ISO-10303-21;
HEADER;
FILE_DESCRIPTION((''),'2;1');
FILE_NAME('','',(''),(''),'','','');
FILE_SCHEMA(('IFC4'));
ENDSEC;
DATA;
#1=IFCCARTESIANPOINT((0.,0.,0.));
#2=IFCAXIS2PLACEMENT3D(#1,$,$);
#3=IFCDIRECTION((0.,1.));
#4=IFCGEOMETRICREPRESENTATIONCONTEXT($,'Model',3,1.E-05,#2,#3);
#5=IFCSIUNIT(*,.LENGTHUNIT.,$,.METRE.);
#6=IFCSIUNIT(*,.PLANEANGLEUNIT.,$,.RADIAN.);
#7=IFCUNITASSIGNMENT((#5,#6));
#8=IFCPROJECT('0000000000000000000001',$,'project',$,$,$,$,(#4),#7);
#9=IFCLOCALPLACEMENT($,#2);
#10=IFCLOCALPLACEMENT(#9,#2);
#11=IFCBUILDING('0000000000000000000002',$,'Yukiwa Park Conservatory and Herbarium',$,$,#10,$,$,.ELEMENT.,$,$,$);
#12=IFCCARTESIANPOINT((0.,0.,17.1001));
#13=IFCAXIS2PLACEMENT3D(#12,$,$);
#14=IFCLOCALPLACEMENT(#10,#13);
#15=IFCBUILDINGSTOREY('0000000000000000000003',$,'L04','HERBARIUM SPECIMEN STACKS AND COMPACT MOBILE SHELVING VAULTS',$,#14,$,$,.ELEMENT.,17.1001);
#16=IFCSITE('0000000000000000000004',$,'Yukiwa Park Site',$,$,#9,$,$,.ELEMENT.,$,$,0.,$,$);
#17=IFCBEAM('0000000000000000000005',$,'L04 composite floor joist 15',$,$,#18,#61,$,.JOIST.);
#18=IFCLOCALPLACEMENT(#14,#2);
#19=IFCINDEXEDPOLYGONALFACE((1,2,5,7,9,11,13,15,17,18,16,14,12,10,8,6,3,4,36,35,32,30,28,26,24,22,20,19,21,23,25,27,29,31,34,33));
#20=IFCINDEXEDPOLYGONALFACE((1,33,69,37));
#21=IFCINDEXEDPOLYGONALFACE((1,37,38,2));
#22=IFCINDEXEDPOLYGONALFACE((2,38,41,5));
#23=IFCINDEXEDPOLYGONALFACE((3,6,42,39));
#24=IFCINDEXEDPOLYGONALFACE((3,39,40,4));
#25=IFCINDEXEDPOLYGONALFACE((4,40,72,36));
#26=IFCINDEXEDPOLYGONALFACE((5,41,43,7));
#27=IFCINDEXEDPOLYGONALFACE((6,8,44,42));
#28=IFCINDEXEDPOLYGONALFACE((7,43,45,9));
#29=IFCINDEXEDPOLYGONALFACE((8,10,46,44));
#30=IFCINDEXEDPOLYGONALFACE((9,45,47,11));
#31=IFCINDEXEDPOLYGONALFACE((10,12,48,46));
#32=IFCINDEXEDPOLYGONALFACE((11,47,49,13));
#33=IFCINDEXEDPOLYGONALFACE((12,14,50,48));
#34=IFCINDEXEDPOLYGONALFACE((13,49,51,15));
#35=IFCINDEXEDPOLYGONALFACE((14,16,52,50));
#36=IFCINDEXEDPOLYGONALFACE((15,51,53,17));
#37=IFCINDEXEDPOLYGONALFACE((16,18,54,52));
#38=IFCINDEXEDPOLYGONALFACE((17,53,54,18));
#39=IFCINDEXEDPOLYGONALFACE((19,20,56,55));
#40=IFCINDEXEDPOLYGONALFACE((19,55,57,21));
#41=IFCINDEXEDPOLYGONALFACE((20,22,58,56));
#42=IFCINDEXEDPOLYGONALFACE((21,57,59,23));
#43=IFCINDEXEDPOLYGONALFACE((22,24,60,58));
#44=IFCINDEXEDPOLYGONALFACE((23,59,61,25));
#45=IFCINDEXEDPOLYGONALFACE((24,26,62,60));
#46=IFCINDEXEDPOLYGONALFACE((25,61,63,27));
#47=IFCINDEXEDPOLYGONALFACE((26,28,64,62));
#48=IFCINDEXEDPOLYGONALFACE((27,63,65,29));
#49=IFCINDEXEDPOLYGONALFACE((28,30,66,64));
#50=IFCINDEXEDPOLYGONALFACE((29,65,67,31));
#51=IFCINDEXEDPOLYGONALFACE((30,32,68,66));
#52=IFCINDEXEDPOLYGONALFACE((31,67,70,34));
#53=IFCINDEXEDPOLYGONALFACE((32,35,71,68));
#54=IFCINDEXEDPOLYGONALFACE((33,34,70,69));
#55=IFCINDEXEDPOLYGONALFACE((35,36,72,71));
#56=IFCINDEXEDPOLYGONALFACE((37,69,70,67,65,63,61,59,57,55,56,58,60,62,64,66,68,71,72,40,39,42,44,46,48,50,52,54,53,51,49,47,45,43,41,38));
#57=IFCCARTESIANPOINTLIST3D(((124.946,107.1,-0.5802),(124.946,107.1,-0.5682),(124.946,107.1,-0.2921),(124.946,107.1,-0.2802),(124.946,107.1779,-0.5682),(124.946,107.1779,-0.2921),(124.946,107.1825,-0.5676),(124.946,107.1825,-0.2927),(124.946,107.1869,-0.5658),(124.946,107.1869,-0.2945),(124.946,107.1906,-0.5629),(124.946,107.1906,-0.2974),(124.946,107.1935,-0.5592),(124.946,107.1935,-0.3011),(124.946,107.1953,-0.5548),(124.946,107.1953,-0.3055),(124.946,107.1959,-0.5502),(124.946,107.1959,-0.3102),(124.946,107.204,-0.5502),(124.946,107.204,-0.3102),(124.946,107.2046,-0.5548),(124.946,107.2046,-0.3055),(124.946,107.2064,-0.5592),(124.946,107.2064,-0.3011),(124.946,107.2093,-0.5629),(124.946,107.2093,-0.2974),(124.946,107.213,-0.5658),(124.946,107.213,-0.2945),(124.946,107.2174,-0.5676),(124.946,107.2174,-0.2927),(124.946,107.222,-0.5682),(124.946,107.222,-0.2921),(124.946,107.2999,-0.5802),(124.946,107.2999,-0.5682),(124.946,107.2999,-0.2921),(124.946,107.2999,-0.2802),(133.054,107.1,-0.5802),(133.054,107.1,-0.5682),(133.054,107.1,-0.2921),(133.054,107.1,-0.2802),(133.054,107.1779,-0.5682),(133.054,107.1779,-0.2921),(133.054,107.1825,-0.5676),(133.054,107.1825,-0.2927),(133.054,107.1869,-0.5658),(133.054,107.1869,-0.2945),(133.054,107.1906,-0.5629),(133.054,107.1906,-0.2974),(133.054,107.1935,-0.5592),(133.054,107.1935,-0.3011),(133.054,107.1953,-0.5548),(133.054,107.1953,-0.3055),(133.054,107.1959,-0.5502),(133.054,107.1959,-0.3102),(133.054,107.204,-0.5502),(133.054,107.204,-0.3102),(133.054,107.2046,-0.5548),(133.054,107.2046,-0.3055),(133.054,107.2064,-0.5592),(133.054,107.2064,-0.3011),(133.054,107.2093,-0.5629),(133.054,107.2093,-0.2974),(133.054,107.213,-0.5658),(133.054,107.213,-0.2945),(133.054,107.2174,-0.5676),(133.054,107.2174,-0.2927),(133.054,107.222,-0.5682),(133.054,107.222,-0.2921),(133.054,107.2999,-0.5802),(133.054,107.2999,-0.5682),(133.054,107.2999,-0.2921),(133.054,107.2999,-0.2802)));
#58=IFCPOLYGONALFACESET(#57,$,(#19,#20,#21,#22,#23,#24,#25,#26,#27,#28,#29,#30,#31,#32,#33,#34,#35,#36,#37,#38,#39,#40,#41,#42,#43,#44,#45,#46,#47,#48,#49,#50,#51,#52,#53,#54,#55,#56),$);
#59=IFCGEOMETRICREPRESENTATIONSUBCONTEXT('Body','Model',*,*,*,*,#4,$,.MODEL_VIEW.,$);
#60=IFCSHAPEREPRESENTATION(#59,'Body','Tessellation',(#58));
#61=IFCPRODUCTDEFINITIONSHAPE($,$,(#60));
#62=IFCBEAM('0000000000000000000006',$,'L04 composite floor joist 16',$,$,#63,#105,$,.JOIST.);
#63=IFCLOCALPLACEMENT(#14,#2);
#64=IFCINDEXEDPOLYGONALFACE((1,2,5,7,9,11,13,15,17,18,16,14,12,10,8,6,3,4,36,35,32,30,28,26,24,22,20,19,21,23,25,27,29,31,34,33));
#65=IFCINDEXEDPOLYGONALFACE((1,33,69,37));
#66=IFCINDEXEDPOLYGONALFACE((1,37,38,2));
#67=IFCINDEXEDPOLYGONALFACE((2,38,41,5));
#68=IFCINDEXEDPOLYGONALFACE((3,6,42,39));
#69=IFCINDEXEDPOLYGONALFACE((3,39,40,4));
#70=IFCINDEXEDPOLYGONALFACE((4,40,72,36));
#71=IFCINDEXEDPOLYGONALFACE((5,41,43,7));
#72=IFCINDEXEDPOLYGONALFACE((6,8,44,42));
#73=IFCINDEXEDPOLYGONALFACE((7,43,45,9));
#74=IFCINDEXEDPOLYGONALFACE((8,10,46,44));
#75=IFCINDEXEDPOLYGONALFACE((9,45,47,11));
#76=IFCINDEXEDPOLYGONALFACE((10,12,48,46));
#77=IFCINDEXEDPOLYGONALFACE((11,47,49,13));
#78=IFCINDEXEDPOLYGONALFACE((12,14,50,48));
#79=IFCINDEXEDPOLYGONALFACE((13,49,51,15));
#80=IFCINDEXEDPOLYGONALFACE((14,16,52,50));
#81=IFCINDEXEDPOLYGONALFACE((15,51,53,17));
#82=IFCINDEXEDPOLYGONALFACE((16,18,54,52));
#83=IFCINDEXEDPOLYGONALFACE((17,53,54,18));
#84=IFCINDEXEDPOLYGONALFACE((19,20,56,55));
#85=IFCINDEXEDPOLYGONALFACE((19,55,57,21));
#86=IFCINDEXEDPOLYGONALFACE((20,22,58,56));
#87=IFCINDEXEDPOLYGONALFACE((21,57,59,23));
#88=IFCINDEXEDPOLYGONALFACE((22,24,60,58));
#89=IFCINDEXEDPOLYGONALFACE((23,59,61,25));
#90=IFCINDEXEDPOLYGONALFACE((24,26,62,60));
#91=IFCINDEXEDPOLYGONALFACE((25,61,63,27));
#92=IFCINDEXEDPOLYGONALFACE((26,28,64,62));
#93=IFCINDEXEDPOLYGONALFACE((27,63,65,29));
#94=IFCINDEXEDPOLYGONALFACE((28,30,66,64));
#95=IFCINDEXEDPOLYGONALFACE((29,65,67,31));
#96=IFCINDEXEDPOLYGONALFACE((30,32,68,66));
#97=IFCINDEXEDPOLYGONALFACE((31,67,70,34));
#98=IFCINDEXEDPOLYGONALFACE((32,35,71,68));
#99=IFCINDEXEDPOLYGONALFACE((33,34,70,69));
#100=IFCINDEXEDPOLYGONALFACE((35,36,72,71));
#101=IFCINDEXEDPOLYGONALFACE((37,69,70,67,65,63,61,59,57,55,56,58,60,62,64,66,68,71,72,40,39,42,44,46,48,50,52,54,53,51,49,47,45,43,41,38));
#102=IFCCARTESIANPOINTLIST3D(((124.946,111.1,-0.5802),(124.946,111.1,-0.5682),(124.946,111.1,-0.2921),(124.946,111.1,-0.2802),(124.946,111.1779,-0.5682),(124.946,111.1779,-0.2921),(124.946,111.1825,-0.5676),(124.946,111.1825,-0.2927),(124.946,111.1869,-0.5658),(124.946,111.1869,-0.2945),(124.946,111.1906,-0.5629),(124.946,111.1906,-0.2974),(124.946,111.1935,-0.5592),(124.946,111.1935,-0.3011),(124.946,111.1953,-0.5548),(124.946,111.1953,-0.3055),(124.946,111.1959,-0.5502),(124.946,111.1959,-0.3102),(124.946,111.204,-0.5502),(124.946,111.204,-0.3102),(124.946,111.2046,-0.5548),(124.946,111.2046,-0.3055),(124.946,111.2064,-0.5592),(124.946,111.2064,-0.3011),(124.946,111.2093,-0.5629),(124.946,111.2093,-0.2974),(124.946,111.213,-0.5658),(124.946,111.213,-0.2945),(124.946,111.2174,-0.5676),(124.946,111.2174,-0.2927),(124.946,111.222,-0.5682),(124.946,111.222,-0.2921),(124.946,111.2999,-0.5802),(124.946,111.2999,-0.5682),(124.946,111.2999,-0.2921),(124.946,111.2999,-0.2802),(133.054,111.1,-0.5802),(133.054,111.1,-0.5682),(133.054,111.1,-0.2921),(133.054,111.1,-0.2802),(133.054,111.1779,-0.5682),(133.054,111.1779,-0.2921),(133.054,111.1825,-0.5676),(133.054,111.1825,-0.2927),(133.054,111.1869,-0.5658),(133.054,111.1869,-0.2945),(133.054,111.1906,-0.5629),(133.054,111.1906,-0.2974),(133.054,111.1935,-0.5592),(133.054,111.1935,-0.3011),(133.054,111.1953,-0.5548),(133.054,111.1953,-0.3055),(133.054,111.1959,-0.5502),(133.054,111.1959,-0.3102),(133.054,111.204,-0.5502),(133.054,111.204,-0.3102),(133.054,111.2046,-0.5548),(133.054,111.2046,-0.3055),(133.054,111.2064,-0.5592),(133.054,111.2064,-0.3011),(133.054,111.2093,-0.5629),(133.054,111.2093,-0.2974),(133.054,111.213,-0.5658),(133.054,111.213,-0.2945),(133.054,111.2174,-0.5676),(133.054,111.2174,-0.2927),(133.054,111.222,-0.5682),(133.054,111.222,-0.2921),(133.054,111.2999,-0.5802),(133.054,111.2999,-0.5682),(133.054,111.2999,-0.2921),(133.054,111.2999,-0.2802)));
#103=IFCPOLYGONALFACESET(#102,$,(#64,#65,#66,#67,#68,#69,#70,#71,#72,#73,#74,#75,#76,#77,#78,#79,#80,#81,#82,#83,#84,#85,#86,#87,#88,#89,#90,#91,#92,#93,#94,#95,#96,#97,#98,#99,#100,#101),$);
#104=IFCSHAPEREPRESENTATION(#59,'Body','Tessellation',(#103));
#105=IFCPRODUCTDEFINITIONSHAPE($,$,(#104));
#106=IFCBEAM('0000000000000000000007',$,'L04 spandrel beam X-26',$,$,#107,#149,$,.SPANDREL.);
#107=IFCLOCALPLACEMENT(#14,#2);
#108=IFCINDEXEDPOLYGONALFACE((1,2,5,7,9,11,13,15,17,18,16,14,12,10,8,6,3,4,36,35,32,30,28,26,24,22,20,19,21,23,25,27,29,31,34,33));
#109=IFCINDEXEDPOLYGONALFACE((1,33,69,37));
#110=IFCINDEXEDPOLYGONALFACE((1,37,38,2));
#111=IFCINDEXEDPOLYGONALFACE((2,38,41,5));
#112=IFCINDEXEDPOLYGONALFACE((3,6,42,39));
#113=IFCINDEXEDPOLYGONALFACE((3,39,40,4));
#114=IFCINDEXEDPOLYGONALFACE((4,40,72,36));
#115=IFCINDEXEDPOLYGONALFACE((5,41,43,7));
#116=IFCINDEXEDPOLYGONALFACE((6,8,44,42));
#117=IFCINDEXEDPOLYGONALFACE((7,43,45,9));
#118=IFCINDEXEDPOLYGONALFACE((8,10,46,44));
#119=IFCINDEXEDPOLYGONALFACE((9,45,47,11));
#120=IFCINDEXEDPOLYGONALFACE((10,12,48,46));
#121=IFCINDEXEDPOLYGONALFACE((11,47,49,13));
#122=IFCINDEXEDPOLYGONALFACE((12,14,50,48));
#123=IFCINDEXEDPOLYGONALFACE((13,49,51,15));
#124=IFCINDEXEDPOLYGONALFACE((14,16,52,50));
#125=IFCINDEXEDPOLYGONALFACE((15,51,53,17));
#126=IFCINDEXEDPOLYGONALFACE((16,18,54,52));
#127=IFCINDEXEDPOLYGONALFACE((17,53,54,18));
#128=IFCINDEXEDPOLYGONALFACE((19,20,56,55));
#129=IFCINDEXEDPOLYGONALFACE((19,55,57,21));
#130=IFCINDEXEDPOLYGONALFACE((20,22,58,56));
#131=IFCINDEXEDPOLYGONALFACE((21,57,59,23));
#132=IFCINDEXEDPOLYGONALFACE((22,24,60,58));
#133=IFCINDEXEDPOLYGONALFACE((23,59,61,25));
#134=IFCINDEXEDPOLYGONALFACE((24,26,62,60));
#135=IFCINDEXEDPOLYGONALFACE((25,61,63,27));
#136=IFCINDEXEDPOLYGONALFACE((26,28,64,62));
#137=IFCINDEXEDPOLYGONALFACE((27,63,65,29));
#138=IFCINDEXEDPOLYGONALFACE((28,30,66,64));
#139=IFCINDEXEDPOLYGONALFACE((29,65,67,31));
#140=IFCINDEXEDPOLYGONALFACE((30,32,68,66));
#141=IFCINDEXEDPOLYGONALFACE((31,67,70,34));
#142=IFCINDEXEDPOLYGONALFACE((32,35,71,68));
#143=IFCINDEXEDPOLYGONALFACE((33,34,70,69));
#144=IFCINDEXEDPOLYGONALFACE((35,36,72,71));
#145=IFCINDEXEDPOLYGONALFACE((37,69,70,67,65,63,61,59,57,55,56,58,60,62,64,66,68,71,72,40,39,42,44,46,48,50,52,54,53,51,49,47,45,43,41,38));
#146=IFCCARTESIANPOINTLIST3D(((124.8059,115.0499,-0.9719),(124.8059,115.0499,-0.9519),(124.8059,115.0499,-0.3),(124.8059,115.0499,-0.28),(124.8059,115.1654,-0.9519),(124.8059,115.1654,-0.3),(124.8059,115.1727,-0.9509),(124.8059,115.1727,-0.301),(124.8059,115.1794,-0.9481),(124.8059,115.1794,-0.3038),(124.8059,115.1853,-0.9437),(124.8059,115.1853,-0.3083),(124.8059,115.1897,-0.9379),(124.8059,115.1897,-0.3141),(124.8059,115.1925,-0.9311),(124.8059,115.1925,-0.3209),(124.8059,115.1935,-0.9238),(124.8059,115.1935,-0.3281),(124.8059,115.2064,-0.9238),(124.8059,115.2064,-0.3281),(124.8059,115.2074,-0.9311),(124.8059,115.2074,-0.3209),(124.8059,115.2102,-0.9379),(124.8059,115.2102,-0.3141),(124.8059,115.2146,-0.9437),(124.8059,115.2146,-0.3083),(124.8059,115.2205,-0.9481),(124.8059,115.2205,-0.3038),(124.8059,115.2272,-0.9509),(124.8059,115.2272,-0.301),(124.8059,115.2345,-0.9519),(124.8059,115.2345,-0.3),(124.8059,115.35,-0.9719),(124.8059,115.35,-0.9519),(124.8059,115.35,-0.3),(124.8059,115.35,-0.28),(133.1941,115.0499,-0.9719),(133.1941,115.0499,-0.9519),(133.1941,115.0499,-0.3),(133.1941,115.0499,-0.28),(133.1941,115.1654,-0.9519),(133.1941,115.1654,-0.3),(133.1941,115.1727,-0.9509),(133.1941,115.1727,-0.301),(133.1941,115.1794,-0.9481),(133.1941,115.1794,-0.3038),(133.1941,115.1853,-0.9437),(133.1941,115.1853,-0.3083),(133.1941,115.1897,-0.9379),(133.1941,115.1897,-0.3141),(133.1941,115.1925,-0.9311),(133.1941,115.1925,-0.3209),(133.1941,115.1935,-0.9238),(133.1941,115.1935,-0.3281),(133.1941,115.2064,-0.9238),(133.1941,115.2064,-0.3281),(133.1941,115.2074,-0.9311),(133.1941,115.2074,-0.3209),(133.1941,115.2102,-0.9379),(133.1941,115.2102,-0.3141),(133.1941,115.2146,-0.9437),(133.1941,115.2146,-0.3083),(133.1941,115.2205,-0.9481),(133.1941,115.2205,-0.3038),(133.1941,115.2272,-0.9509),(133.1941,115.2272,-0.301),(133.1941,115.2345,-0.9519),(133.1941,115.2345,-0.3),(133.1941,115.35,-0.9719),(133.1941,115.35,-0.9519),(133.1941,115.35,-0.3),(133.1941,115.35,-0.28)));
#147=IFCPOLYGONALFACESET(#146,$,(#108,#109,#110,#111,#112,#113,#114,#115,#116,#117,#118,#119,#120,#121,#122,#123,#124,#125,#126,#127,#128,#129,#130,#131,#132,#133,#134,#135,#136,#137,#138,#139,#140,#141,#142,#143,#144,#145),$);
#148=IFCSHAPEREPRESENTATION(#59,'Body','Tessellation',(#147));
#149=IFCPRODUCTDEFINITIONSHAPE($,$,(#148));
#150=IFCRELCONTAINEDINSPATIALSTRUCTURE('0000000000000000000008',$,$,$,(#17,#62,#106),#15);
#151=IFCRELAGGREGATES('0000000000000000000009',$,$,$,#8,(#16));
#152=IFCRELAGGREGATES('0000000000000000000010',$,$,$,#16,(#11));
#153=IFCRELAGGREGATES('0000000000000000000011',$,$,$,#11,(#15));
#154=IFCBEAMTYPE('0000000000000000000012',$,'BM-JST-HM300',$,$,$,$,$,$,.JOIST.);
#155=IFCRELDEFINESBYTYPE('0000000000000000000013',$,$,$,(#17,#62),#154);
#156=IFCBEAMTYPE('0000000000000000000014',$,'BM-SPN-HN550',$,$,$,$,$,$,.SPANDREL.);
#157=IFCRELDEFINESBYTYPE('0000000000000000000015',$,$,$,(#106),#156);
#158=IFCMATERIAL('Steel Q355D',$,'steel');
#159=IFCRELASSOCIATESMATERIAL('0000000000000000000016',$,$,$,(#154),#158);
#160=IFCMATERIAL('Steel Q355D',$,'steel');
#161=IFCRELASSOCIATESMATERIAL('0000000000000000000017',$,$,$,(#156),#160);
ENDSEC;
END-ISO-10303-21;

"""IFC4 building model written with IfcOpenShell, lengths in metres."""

from ifc_helpers import new_model, si_unit, direction, frame, origin, origin_2d, place, context, subcontext, project, spatial, i_section, extrude, material, material_profile, profile_set, type_object, element, save


model = new_model("IFC4")

# Units and contexts
model_context = context("Model", 3, precision=1e-05, world=origin(), true_north=direction((0.0, 1.0)))
body_context = subcontext(model_context, "Body", "Model", "MODEL_VIEW")
ifc_project = project(units=[si_unit("LENGTHUNIT", "METRE"), si_unit("PLANEANGLEUNIT", "RADIAN")], contexts=[model_context])

# Site, building, storey
site_placement = place(None, origin())
site = spatial("IfcSite", under=ifc_project, at=site_placement, Name="Yukiwa Park Site", CompositionType="ELEMENT", RefElevation=0.0)
building_placement = place(site_placement, origin())
building = spatial("IfcBuilding", under=site, at=building_placement, Name="Yukiwa Park Conservatory and Herbarium", CompositionType="ELEMENT")
storey_placement = place(building_placement, frame((0.0, 0.0, 17.1001)))
storey = spatial("IfcBuildingStorey", under=building, at=storey_placement, Name="L04", Description="HERBARIUM SPECIMEN STACKS AND COMPACT MOBILE SHELVING VAULTS", CompositionType="ELEMENT", Elevation=17.1001)

# Beams
ifc_material_1 = material(Name="Steel Q355D", Category="steel")
ifc_material_profile_1 = material_profile(ifc_material_1, i_section(OverallWidth=0.2, OverallDepth=0.3, WebThickness=0.0081, FlangeThickness=0.012, FilletRadius=0.0181, at=origin_2d()), Name="HM 300x200x8x12")
ifc_profile_set_1 = profile_set([ifc_material_profile_1], Name="Steel Q355D")
beam_type_1 = type_object("IfcBeamType", Name="BM-JST-HM300", PredefinedType="JOIST", material=ifc_profile_set_1)
for number, where, z_axis, x_axis, name in (
    (1, (124.946, 107.2, -0.4302), (1.0, 0.0, 0.0), (0.0, 1.0, 0.0), "L04 composite floor joist 15"),
    (2, (124.946, 111.2, -0.4302), (1.0, 0.0, 0.0), (0.0, 1.0, 0.0), "L04 composite floor joist 16"),
):
    element("IfcBeam", number, at=place(storey_placement, frame(where, z_axis=z_axis, x_axis=x_axis)), inside=storey, type_object=beam_type_1, Name=name, PredefinedType="JOIST", context=body_context, shape_type="SweptSolid", body=[
        extrude(i_section(OverallWidth=0.2, OverallDepth=0.3, WebThickness=0.0081, FlangeThickness=0.012, FilletRadius=0.0181, at=origin_2d()), origin(), (0.0, 0.0, 1.0), 8.1079),
    ])
ifc_material_2 = material(Name="Steel Q355D", Category="steel")
ifc_material_profile_2 = material_profile(ifc_material_2, i_section(OverallWidth=0.3, OverallDepth=0.6919, WebThickness=0.0129, FlangeThickness=0.02, FilletRadius=0.0281, at=origin_2d()), Name="HN 692x300x13x20")
ifc_profile_set_2 = profile_set([ifc_material_profile_2], Name="Steel Q355D")
beam_type_2 = type_object("IfcBeamType", Name="BM-SPN-HN550", PredefinedType="SPANDREL", material=ifc_profile_set_2)
beam_1_placement = place(storey_placement, frame((124.8059, 115.2, -0.626), z_axis=(1.0, 0.0, 0.0), x_axis=(0.0, 1.0, 0.0)))
element("IfcBeam", 3, at=beam_1_placement, inside=storey, type_object=beam_type_2, Name="L04 spandrel beam X-26", PredefinedType="SPANDREL", context=body_context, shape_type="SweptSolid", body=[
    extrude(i_section(OverallWidth=0.3, OverallDepth=0.6919, WebThickness=0.0129, FlangeThickness=0.02, FilletRadius=0.0281, at=origin_2d()), origin(), (0.0, 0.0, 1.0), 8.3882),
])

save(model, "model.ifc")
